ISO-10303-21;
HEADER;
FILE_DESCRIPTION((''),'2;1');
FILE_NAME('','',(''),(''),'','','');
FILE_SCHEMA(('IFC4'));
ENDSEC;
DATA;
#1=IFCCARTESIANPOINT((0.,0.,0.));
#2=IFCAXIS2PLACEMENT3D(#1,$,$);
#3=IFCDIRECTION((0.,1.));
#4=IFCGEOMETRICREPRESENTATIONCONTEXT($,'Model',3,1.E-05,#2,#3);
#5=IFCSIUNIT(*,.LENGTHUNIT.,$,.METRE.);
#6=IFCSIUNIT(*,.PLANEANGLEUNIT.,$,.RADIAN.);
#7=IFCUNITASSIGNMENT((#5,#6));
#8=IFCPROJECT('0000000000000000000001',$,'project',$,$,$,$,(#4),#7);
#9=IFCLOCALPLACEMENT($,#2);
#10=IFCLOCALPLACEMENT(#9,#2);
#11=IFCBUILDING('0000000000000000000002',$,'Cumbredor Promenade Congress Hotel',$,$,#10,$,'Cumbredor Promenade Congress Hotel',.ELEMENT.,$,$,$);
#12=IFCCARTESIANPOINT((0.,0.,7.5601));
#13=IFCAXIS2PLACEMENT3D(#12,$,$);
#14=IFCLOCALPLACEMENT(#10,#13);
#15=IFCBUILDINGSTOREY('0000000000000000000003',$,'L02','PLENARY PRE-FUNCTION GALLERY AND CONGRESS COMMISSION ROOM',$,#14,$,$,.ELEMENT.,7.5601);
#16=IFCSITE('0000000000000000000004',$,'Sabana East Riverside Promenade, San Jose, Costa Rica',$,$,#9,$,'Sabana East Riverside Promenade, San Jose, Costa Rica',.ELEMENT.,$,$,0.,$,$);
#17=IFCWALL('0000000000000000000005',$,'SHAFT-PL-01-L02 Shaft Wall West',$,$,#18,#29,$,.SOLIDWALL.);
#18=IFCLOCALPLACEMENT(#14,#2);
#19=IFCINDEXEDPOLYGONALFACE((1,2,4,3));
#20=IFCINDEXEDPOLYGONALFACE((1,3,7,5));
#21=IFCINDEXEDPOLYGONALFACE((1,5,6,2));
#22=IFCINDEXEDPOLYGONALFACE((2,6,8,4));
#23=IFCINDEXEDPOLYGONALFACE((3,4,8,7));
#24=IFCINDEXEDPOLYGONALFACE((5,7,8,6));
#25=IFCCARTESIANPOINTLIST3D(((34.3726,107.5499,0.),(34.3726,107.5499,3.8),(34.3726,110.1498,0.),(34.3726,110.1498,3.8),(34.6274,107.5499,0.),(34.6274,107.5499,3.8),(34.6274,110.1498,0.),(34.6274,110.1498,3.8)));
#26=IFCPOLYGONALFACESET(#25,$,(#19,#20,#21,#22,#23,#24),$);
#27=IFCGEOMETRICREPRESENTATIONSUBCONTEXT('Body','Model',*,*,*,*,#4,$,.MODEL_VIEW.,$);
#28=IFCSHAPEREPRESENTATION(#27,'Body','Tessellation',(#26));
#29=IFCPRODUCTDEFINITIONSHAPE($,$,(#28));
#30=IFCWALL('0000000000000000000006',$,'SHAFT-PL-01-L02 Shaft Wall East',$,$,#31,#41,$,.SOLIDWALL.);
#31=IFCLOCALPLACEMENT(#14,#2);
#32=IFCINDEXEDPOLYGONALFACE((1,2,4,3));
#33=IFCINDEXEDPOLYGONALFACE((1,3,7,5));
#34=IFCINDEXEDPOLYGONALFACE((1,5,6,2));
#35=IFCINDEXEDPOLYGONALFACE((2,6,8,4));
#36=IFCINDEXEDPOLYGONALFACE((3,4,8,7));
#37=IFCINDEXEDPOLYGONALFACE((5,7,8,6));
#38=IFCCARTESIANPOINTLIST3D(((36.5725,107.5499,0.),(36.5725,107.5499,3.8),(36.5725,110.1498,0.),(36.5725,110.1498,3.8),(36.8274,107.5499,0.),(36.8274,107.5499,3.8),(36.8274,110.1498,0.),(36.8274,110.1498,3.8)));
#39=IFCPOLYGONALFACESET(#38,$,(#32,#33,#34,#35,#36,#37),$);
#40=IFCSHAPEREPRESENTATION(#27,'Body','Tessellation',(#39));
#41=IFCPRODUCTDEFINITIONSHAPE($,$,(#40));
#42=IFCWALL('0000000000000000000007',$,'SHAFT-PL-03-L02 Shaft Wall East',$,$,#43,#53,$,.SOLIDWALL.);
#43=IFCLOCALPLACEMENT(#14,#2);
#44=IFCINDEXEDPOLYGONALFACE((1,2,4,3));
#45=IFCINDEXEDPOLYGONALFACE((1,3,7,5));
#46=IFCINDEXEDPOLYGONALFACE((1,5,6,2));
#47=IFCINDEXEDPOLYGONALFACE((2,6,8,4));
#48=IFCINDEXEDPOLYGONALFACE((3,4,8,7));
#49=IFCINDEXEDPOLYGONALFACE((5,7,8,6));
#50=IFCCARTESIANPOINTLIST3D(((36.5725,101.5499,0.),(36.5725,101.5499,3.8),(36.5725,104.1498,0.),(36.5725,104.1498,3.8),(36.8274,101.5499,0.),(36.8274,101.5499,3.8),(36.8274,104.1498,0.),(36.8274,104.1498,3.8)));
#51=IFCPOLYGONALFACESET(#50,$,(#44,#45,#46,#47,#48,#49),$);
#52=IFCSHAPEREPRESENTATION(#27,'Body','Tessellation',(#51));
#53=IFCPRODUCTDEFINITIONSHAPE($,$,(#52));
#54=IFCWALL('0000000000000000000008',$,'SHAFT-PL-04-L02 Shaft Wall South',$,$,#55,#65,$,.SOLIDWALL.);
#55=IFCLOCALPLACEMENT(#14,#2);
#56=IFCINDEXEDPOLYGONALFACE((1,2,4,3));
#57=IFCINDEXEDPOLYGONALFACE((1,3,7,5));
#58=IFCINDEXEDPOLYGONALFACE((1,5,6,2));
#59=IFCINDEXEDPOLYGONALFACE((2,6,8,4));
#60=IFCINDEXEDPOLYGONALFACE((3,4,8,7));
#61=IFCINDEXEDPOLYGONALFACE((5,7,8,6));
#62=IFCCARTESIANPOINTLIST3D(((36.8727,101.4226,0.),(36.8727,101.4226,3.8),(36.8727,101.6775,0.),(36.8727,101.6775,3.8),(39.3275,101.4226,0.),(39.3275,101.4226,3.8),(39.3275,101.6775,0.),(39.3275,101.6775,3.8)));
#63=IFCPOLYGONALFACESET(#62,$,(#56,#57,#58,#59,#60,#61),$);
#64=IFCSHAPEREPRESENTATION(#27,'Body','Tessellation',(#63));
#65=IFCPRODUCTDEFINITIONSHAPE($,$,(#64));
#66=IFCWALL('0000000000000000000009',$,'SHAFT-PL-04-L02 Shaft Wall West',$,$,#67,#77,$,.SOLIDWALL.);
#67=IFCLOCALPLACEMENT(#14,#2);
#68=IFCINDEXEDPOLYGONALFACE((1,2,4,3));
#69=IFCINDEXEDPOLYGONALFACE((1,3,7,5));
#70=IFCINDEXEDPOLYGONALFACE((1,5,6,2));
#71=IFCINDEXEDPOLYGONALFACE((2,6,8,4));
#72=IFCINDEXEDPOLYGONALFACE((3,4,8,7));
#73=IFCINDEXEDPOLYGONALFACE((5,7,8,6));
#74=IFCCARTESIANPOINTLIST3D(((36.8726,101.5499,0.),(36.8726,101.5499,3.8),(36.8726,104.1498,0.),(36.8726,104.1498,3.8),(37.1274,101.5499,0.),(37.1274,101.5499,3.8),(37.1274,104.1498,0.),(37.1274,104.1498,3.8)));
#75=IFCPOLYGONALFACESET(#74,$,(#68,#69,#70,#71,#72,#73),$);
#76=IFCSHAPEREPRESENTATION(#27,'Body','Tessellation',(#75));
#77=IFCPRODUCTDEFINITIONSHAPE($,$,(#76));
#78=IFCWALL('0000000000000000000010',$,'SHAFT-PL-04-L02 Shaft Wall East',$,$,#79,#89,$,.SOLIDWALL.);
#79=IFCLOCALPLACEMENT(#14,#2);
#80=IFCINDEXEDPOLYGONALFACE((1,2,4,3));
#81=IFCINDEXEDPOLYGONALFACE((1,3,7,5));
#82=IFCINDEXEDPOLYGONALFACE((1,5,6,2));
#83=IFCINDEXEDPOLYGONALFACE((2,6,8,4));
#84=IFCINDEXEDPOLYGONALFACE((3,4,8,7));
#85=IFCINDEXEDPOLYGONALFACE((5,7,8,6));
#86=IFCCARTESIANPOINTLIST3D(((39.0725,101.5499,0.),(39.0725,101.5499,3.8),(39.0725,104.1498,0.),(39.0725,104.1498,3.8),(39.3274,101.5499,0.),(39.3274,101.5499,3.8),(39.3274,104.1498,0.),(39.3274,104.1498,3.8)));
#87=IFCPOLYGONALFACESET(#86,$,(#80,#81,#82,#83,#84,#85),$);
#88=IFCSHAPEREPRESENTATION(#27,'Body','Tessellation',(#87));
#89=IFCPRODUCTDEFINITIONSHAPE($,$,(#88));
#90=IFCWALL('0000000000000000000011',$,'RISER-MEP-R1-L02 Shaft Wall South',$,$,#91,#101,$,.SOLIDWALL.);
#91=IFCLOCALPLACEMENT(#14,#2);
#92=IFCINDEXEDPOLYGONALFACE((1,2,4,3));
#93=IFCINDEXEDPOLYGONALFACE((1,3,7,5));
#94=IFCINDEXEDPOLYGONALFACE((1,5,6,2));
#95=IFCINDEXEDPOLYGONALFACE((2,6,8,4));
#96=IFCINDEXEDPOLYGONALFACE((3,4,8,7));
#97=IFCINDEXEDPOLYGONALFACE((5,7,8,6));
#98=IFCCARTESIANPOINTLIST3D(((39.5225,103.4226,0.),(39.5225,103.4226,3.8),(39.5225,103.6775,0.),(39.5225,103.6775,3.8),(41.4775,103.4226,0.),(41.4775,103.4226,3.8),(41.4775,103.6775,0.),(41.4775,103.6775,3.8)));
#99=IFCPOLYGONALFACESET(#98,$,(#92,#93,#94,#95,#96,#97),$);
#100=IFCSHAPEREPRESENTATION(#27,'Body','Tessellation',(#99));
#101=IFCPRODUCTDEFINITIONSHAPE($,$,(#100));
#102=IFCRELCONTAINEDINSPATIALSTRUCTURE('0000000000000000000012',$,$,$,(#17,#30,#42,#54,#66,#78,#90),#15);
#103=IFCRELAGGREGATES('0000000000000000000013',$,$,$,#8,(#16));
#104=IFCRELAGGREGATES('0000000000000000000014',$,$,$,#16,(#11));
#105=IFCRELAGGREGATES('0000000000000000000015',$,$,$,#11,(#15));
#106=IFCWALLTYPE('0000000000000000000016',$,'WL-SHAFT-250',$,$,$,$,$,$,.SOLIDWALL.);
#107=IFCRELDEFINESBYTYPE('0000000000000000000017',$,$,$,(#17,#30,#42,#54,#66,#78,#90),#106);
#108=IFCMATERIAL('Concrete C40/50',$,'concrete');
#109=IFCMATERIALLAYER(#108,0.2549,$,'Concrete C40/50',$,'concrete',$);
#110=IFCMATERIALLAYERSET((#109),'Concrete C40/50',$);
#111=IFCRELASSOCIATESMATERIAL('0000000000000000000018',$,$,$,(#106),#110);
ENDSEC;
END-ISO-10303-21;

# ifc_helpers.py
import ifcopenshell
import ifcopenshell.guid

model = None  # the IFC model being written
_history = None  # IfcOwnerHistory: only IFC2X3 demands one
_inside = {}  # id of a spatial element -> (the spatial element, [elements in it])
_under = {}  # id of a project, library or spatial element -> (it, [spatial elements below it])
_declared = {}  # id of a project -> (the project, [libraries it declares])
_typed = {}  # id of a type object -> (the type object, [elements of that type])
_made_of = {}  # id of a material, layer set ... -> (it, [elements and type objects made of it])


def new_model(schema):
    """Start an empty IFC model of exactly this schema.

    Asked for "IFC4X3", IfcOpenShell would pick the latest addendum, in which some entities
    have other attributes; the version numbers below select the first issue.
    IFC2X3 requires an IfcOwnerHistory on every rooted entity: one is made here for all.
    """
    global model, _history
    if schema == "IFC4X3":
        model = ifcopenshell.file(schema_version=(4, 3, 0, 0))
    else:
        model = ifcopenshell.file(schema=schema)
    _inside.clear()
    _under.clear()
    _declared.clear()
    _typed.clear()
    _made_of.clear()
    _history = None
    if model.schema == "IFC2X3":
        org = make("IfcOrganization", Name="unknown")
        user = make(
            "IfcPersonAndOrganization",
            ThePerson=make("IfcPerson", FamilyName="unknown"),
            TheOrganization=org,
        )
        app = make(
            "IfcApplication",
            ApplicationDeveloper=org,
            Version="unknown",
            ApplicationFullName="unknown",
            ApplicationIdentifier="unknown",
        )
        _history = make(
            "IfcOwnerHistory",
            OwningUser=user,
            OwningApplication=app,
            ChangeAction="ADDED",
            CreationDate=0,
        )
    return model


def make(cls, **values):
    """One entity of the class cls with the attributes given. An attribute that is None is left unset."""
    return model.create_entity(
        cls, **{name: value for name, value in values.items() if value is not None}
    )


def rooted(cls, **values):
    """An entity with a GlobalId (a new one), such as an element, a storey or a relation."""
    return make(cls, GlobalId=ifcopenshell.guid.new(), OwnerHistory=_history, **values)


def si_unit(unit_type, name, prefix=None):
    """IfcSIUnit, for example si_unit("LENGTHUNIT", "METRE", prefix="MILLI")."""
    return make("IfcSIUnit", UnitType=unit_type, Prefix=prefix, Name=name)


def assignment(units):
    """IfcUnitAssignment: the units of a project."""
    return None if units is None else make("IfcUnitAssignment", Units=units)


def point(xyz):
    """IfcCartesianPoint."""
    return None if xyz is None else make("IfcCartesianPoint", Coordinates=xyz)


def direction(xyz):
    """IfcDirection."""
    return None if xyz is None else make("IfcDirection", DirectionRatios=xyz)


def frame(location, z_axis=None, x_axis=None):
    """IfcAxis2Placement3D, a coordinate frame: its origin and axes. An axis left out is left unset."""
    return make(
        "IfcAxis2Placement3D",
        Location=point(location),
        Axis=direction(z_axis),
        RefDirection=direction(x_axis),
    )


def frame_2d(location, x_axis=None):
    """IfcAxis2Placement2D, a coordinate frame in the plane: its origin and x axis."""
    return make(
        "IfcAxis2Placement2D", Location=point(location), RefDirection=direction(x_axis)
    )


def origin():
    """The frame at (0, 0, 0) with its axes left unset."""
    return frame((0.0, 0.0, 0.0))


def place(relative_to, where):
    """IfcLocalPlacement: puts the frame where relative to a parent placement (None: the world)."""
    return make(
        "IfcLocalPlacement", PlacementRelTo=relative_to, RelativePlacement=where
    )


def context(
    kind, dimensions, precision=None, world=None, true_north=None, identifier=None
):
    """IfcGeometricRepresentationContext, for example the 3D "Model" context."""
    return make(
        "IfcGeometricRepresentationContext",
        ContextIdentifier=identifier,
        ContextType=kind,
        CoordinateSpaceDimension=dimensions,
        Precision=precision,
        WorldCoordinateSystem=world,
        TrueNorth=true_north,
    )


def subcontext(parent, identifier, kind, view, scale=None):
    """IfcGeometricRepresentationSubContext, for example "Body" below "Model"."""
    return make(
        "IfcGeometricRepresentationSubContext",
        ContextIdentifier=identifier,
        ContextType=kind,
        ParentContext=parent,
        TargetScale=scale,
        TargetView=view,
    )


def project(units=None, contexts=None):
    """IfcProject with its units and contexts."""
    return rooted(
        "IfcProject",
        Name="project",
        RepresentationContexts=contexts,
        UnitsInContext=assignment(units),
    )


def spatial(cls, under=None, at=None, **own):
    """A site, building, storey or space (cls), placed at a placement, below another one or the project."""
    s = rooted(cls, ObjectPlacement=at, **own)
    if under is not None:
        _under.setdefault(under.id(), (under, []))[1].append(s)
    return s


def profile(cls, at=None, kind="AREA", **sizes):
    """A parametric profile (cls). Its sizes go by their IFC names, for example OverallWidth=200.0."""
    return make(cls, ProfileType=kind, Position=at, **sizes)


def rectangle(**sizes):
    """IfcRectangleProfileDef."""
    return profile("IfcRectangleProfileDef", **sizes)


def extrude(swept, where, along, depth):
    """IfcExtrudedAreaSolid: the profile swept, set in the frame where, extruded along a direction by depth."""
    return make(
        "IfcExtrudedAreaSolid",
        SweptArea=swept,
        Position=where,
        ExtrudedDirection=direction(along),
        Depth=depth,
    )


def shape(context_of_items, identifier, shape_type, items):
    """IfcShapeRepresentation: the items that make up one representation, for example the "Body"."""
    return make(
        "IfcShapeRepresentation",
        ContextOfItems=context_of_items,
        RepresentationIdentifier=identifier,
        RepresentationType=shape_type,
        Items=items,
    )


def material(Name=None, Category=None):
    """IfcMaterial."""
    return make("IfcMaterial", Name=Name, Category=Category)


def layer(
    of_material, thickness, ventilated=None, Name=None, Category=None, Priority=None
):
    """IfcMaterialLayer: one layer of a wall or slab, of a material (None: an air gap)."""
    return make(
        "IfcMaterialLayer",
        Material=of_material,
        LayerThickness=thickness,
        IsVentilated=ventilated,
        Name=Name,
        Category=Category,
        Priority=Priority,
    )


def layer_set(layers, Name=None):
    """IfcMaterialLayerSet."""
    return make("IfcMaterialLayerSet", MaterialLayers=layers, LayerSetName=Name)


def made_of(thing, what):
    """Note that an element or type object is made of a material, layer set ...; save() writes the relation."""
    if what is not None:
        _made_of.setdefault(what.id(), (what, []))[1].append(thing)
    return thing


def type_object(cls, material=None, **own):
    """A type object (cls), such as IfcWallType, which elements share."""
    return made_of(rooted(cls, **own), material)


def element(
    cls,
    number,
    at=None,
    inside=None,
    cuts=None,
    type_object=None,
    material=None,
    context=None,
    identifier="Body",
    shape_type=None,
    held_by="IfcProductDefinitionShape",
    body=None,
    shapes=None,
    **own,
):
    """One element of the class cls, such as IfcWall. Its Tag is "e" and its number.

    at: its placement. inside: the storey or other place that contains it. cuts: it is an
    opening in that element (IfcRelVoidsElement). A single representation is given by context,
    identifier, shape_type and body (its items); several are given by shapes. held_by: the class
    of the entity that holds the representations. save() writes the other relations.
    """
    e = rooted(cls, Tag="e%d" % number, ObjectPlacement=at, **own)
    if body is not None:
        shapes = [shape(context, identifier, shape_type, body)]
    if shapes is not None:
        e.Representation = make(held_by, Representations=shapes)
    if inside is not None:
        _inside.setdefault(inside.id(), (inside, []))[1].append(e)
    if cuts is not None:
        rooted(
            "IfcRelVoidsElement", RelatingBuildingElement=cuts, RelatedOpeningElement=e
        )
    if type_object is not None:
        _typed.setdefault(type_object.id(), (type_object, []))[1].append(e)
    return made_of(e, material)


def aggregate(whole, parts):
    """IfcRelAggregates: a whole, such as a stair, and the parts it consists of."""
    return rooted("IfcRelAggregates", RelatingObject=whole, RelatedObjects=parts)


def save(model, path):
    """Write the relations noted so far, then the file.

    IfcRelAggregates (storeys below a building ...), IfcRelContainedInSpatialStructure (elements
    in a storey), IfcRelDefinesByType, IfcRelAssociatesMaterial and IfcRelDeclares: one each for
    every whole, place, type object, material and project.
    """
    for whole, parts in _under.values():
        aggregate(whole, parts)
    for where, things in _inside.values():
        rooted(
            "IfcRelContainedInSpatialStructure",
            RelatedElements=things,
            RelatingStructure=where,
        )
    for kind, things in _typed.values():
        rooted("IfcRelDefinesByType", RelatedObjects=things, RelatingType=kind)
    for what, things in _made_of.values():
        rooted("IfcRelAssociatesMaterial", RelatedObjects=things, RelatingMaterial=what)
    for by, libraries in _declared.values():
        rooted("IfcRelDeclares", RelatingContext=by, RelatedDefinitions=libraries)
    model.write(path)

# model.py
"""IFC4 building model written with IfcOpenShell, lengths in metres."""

from ifc_helpers import new_model, si_unit, direction, frame, frame_2d, origin, place, context, subcontext, project, spatial, rectangle, extrude, material, layer, layer_set, type_object, element, save


model = new_model("IFC4")

# Units and contexts
model_context = context("Model", 3, precision=1e-05, world=origin(), true_north=direction((0.0, 1.0)))
body_context = subcontext(model_context, "Body", "Model", "MODEL_VIEW")
ifc_project = project(units=[si_unit("LENGTHUNIT", "METRE"), si_unit("PLANEANGLEUNIT", "RADIAN")], contexts=[model_context])

# Site, building, storey
site_placement = place(None, origin())
site = spatial("IfcSite", under=ifc_project, at=site_placement, Name="Sabana East Riverside Promenade, San Jose, Costa Rica", LongName="Sabana East Riverside Promenade, San Jose, Costa Rica", CompositionType="ELEMENT", RefElevation=0.0)
building_placement = place(site_placement, origin())
building = spatial("IfcBuilding", under=site, at=building_placement, Name="Cumbredor Promenade Congress Hotel", LongName="Cumbredor Promenade Congress Hotel", CompositionType="ELEMENT")
storey_placement = place(building_placement, frame((0.0, 0.0, 7.5601)))
storey = spatial("IfcBuildingStorey", under=building, at=storey_placement, Name="L02", Description="PLENARY PRE-FUNCTION GALLERY AND CONGRESS COMMISSION ROOM", CompositionType="ELEMENT", Elevation=7.5601)

# Walls
ifc_material_1 = material(Name="Concrete C40/50", Category="concrete")
ifc_layer = layer(ifc_material_1, 0.2549, Name="Concrete C40/50", Category="concrete")
ifc_layer_set = layer_set([ifc_layer], Name="Concrete C40/50")
wall_type = type_object("IfcWallType", Name="WL-SHAFT-250", PredefinedType="SOLIDWALL", material=ifc_layer_set)
for number, where, z_axis, x_axis, name in (
    (1, (34.5, 107.55, 0.0), (0.0, 0.0, 1.0), (0.0, 1.0, 0.0), "SHAFT-PL-01-L02 Shaft Wall West"),
    (2, (36.7, 107.55, 0.0), (0.0, 0.0, 1.0), (0.0, 1.0, 0.0), "SHAFT-PL-01-L02 Shaft Wall East"),
    (3, (36.7, 101.55, 0.0), (0.0, 0.0, 1.0), (0.0, 1.0, 0.0), "SHAFT-PL-03-L02 Shaft Wall East"),
):
    element("IfcWall", number, at=place(storey_placement, frame(where, z_axis=z_axis, x_axis=x_axis)), inside=storey, type_object=wall_type, Name=name, PredefinedType="SOLIDWALL", context=body_context, shape_type="SweptSolid", body=[
        extrude(rectangle(XDim=2.5999, YDim=0.2549, at=frame_2d((1.2998, 0.0))), origin(), (0.0, 0.0, 1.0), 3.8),
    ])
wall_1_placement = place(storey_placement, frame((36.8726, 101.55, 0.0), z_axis=(0.0, 0.0, 1.0), x_axis=(1.0, 0.0, 0.0)))
element("IfcWall", 4, at=wall_1_placement, inside=storey, type_object=wall_type, Name="SHAFT-PL-04-L02 Shaft Wall South", PredefinedType="SOLIDWALL", context=body_context, shape_type="SweptSolid", body=[
    extrude(rectangle(XDim=2.4548, YDim=0.2549, at=frame_2d((1.2275, 0.0))), origin(), (0.0, 0.0, 1.0), 3.8),
])

# Walls
for number, where, z_axis, x_axis, name in (
    (5, (37.0, 101.55, 0.0), (0.0, 0.0, 1.0), (0.0, 1.0, 0.0), "SHAFT-PL-04-L02 Shaft Wall West"),
    (6, (39.2, 101.55, 0.0), (0.0, 0.0, 1.0), (0.0, 1.0, 0.0), "SHAFT-PL-04-L02 Shaft Wall East"),
):
    element("IfcWall", number, at=place(storey_placement, frame(where, z_axis=z_axis, x_axis=x_axis)), inside=storey, type_object=wall_type, Name=name, PredefinedType="SOLIDWALL", context=body_context, shape_type="SweptSolid", body=[
        extrude(rectangle(XDim=2.5999, YDim=0.2549, at=frame_2d((1.2998, 0.0))), origin(), (0.0, 0.0, 1.0), 3.8),
    ])
wall_2_placement = place(storey_placement, frame((39.5225, 103.55, 0.0), z_axis=(0.0, 0.0, 1.0), x_axis=(1.0, 0.0, 0.0)))
element("IfcWall", 7, at=wall_2_placement, inside=storey, type_object=wall_type, Name="RISER-MEP-R1-L02 Shaft Wall South", PredefinedType="SOLIDWALL", context=body_context, shape_type="SweptSolid", body=[
    extrude(rectangle(XDim=1.9551, YDim=0.2549, at=frame_2d((0.9775, 0.0))), origin(), (0.0, 0.0, 1.0), 3.8),
])

save(model, "model.ifc")
